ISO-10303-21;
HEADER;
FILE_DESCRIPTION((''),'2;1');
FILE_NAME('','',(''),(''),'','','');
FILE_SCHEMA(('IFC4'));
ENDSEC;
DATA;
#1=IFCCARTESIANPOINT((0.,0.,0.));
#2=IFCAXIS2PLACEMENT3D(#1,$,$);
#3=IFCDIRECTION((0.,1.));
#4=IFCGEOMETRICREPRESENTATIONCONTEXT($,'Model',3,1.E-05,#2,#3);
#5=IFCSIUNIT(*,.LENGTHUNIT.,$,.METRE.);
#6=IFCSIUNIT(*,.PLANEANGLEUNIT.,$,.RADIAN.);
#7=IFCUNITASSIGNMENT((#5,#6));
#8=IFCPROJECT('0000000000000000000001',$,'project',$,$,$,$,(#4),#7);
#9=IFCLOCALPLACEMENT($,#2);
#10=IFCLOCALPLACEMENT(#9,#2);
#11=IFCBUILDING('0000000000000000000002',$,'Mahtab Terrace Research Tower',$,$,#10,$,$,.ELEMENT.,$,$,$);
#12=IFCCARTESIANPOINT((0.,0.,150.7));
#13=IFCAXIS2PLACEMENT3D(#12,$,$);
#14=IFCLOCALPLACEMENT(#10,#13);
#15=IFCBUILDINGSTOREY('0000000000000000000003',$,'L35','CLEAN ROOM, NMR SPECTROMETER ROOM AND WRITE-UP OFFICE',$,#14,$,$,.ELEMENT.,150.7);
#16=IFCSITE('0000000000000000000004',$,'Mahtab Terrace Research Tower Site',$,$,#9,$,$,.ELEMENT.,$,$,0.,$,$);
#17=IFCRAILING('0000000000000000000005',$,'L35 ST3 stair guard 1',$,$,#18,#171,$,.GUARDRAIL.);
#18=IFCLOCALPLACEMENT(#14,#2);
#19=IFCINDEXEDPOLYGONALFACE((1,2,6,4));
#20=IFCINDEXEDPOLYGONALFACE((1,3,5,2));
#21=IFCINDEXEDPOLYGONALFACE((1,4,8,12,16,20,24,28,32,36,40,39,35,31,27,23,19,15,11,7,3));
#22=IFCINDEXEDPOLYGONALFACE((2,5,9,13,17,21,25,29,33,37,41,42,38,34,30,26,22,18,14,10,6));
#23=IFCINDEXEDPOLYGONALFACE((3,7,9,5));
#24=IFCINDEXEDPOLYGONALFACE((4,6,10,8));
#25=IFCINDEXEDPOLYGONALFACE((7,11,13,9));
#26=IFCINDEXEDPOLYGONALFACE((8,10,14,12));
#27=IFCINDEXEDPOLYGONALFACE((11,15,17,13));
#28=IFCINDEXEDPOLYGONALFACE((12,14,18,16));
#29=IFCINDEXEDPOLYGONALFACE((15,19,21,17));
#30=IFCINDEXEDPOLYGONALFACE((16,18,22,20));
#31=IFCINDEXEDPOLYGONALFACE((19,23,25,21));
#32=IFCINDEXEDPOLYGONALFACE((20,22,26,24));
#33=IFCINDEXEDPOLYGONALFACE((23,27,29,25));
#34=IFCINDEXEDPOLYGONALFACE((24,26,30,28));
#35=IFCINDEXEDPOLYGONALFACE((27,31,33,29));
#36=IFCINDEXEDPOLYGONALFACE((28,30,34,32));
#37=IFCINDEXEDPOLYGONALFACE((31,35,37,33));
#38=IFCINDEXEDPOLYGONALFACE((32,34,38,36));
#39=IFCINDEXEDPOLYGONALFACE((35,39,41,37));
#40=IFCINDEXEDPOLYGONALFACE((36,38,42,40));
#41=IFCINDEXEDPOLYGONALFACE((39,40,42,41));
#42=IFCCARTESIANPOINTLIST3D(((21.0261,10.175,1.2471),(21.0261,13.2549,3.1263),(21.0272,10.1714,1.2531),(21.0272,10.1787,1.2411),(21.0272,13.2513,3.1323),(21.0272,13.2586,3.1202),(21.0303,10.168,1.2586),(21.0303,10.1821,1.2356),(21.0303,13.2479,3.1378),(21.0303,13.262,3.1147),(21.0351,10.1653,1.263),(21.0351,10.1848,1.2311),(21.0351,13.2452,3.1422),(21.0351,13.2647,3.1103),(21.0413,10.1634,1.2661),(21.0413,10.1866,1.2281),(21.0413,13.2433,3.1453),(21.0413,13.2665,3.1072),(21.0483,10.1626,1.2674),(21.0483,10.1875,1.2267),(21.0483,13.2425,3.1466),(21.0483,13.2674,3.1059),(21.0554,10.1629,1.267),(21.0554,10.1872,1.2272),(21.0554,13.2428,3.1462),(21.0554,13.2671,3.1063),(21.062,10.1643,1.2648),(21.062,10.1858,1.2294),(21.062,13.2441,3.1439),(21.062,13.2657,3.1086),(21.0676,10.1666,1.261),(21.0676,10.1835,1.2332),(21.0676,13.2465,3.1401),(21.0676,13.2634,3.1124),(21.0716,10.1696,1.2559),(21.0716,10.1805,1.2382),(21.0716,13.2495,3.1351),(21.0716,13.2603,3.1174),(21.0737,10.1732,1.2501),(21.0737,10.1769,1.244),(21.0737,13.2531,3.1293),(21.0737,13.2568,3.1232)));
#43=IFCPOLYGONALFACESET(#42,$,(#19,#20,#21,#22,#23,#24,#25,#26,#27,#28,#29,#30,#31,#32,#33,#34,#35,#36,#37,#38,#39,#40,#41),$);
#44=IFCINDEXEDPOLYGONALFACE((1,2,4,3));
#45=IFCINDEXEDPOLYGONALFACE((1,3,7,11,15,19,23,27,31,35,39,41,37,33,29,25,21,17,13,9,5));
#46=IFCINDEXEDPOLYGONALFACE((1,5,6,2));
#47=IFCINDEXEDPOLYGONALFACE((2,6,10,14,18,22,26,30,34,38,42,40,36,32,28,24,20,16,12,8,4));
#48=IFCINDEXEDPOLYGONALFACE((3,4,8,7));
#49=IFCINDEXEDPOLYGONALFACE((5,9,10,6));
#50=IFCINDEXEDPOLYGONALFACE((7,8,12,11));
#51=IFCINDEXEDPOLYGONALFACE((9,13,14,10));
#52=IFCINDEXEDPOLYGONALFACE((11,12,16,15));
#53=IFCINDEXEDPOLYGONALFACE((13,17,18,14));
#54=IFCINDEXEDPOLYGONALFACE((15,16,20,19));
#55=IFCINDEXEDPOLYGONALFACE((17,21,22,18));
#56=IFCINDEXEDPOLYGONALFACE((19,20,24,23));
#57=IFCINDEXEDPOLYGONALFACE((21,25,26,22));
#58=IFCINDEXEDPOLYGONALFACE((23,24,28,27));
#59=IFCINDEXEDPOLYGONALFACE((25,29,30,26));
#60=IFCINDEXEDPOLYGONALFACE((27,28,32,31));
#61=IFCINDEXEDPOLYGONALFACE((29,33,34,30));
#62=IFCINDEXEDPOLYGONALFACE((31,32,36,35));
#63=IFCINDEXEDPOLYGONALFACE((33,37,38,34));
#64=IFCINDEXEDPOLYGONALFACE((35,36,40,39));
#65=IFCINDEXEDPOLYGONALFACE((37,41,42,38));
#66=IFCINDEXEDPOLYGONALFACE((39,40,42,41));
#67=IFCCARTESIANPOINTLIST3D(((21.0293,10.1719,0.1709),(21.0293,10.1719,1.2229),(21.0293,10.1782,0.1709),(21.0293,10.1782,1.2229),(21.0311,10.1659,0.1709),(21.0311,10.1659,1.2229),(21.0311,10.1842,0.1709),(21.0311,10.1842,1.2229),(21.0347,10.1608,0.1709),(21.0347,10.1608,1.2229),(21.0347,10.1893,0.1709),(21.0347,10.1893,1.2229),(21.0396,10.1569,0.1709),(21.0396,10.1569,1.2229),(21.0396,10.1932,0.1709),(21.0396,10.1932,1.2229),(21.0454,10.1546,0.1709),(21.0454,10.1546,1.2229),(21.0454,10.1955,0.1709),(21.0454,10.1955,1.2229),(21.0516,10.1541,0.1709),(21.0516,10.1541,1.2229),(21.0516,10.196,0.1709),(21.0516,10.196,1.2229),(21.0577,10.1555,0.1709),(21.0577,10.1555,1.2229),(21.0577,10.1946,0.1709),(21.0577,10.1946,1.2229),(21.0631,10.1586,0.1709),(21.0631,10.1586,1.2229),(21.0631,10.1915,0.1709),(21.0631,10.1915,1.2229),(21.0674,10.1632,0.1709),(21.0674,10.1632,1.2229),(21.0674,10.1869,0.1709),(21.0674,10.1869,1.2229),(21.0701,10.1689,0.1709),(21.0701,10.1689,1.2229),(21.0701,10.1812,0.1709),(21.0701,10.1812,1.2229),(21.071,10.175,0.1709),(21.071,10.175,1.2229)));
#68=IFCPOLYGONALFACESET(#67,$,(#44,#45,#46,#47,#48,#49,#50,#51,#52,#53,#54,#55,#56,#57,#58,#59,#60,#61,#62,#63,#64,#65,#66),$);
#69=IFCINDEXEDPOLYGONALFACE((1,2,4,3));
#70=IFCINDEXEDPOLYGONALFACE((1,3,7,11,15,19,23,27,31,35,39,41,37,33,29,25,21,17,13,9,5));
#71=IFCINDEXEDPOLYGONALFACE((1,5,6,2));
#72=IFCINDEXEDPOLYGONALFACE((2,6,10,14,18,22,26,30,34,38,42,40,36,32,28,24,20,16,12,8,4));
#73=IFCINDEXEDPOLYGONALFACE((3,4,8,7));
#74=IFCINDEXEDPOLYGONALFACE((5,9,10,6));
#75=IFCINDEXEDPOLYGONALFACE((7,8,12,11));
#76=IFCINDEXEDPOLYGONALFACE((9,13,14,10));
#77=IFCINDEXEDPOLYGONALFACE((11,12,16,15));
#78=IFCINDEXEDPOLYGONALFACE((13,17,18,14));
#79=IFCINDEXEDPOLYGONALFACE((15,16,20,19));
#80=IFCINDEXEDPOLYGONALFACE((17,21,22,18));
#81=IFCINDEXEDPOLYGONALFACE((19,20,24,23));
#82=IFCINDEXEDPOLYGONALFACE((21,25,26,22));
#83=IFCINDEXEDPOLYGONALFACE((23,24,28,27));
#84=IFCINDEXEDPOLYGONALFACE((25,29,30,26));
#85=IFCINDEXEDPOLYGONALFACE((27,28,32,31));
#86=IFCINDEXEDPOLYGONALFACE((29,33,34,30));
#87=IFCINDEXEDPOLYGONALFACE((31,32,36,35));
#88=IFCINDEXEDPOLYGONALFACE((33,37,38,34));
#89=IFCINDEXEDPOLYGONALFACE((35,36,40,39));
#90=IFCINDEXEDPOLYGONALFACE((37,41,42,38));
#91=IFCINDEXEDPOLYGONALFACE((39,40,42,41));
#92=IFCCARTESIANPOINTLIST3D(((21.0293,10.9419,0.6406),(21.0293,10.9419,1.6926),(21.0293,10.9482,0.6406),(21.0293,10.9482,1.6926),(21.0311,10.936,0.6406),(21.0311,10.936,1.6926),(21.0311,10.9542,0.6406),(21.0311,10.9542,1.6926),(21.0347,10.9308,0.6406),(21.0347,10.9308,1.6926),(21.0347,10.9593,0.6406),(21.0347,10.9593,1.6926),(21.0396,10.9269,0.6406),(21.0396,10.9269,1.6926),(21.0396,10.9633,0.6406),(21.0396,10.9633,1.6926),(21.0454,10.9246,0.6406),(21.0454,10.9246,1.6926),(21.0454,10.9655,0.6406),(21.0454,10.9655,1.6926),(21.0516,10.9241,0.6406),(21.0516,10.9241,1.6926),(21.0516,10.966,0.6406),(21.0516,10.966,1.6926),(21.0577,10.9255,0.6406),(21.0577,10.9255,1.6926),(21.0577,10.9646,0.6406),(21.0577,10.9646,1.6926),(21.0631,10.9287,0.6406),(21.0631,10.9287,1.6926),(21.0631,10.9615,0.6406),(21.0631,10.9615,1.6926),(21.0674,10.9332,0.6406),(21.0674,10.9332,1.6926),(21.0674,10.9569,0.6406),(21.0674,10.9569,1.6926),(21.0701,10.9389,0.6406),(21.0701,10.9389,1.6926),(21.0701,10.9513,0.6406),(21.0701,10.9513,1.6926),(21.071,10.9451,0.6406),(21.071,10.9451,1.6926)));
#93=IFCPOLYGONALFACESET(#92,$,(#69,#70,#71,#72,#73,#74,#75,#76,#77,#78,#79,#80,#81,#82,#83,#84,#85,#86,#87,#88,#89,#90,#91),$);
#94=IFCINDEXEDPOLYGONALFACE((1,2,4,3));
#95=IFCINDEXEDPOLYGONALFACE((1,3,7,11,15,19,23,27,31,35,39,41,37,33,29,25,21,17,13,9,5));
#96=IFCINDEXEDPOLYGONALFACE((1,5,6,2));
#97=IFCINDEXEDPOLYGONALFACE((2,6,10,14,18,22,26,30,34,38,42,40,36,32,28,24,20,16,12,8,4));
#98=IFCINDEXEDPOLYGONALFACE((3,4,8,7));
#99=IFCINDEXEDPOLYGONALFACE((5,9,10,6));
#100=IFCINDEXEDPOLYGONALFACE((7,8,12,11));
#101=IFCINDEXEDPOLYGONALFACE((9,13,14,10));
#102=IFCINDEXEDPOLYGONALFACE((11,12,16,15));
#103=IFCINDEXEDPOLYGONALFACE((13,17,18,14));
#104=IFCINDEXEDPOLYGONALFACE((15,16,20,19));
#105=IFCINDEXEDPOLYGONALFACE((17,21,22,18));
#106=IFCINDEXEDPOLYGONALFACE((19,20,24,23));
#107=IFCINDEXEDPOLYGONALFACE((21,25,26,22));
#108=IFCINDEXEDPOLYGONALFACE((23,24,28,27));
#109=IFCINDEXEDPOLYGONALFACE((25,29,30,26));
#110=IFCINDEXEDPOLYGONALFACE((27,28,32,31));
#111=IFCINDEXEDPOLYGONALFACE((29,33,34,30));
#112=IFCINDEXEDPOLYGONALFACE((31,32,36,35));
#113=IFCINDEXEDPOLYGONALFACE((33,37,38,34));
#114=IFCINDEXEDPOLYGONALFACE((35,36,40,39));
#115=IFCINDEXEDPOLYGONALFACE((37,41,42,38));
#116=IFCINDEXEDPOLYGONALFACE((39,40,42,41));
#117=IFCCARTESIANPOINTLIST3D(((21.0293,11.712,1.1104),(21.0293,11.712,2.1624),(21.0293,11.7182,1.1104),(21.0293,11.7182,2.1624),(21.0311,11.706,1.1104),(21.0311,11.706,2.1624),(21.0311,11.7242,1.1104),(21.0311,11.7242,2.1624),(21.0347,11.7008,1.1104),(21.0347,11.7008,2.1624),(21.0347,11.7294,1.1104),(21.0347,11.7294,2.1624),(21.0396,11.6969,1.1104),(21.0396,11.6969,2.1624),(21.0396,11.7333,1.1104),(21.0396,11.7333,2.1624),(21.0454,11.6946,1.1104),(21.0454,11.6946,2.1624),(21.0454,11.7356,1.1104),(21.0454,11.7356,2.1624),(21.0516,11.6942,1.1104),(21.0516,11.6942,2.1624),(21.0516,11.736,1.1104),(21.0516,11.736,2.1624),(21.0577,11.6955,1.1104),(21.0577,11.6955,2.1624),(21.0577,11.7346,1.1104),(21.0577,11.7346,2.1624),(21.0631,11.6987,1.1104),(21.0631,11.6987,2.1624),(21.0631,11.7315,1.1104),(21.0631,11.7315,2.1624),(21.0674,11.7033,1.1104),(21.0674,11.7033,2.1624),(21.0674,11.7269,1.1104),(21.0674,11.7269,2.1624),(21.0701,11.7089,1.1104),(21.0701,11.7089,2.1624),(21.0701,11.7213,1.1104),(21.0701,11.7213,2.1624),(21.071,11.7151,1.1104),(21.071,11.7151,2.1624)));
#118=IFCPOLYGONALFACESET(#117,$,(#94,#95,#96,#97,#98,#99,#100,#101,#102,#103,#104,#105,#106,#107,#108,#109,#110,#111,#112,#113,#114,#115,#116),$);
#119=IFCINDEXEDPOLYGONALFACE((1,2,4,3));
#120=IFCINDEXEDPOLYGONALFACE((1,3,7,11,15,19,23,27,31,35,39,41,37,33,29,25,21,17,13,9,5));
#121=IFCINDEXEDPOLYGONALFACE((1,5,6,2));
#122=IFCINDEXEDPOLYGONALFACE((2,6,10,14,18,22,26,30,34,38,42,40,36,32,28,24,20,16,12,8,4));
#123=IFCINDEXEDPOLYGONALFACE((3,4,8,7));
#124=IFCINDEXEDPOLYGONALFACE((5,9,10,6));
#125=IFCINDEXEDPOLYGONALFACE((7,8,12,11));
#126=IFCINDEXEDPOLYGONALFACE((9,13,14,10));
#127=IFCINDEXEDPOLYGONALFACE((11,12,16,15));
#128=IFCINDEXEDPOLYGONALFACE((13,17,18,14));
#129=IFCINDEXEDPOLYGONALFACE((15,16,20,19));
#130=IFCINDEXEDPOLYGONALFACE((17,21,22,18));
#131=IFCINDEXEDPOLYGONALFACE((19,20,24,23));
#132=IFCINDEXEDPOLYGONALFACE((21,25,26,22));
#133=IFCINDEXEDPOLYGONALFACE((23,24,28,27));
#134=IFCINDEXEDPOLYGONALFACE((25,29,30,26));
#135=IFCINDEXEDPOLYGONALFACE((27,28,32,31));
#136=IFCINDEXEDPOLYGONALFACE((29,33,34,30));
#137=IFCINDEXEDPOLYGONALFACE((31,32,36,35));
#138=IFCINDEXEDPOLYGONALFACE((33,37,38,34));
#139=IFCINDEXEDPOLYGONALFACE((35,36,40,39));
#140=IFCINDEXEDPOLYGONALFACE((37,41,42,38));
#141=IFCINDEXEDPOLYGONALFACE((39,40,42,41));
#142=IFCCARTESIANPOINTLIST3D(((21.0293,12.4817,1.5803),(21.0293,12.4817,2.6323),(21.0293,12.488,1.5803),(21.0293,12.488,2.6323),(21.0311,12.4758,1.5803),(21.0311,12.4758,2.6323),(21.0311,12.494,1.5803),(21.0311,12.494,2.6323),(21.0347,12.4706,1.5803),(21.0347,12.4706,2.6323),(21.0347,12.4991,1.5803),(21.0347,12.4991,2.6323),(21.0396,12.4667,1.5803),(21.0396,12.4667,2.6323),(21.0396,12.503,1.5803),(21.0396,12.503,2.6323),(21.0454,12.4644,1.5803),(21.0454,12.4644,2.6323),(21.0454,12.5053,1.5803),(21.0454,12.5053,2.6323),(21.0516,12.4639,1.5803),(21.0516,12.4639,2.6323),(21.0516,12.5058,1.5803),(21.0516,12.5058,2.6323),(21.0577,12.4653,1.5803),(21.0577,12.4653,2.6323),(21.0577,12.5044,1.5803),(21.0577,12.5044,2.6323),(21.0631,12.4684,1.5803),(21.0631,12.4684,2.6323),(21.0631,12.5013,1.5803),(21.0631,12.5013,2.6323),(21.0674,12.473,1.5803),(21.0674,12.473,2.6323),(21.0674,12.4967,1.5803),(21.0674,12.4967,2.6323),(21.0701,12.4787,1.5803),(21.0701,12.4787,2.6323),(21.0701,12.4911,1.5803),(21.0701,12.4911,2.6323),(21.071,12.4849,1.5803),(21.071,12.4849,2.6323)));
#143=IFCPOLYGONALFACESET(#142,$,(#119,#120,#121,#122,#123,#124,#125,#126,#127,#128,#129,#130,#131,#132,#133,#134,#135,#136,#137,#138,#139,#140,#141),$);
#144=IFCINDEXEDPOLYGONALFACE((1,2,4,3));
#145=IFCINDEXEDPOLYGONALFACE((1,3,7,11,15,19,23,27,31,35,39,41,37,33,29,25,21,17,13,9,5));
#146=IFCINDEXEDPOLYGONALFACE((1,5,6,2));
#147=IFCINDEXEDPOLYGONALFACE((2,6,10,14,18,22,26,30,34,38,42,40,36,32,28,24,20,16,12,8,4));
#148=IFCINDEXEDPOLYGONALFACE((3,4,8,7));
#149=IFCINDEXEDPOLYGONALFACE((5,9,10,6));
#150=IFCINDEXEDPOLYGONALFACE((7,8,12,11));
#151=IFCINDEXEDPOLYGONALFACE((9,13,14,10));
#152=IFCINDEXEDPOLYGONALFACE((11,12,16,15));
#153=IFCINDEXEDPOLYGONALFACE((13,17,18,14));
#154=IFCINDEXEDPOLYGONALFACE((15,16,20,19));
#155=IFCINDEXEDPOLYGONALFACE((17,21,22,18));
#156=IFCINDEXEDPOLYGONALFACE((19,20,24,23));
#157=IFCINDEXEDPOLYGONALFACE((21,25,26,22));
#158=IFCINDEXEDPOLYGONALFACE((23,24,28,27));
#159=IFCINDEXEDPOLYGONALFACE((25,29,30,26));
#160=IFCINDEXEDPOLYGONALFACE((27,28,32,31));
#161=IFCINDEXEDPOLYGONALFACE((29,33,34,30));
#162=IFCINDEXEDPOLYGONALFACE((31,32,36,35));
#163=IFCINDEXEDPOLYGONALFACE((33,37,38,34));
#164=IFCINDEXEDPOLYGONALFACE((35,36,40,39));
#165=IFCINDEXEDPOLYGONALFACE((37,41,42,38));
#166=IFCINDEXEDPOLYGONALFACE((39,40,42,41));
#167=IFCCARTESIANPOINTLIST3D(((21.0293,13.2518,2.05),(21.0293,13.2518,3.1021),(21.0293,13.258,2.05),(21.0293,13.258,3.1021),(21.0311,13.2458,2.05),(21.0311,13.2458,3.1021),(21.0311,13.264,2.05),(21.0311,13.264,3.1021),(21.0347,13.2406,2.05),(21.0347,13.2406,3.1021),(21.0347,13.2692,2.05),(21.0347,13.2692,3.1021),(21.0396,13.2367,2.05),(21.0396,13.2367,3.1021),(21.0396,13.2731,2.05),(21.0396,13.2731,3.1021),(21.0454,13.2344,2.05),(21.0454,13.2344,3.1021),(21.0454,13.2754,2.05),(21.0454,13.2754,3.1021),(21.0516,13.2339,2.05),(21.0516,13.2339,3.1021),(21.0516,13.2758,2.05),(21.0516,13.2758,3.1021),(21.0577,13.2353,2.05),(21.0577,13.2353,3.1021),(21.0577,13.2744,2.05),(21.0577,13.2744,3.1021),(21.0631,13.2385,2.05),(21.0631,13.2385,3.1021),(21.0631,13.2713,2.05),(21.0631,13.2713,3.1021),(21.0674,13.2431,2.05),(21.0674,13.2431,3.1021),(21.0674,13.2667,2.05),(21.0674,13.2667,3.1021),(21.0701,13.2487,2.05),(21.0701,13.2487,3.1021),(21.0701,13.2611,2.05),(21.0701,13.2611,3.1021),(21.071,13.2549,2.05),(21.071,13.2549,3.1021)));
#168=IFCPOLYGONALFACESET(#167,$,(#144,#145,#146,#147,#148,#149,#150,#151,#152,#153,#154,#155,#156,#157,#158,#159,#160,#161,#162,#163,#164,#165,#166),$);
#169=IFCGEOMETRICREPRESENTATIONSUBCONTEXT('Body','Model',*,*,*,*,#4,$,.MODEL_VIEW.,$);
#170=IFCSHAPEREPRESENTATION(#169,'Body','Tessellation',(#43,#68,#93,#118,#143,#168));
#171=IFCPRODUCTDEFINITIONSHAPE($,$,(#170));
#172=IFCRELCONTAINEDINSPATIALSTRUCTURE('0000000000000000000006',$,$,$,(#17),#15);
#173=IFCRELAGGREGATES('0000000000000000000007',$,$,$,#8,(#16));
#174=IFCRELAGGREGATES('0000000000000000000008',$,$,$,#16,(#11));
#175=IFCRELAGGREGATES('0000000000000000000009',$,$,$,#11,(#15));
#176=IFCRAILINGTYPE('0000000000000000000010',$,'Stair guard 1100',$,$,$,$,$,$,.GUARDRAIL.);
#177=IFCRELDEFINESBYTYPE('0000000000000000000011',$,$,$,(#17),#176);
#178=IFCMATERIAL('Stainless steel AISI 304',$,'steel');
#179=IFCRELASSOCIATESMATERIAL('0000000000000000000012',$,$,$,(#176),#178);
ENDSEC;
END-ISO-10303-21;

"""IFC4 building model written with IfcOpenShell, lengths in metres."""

from ifc_helpers import new_model, si_unit, direction, frame, origin, origin_2d, place, context, subcontext, project, spatial, circle, extrude, material, type_object, element, save


model = new_model("IFC4")

# Units and contexts
model_context = context("Model", 3, precision=1e-05, world=origin(), true_north=direction((0.0, 1.0)))
body_context = subcontext(model_context, "Body", "Model", "MODEL_VIEW")
ifc_project = project(units=[si_unit("LENGTHUNIT", "METRE"), si_unit("PLANEANGLEUNIT", "RADIAN")], contexts=[model_context])

# Site, building, storey
site_placement = place(None, origin())
site = spatial("IfcSite", under=ifc_project, at=site_placement, Name="Mahtab Terrace Research Tower Site", CompositionType="ELEMENT", RefElevation=0.0)
building_placement = place(site_placement, origin())
building = spatial("IfcBuilding", under=site, at=building_placement, Name="Mahtab Terrace Research Tower", CompositionType="ELEMENT")
storey_placement = place(building_placement, frame((0.0, 0.0, 150.7)))
storey = spatial("IfcBuildingStorey", under=building, at=storey_placement, Name="L35", Description="CLEAN ROOM, NMR SPECTROMETER ROOM AND WRITE-UP OFFICE", CompositionType="ELEMENT", Elevation=150.7)

# Railing
ifc_material_1 = material(Name="Stainless steel AISI 304", Category="steel")
railing_type_1 = type_object("IfcRailingType", Name="Stair guard 1100", PredefinedType="GUARDRAIL", material=ifc_material_1)
railing_1_placement = place(storey_placement, frame((21.05, 10.175, 0.1709)))
element("IfcRailing", 1, at=railing_1_placement, inside=storey, type_object=railing_type_1, Name="L35 ST3 stair guard 1", PredefinedType="GUARDRAIL", context=body_context, shape_type="SweptSolid", body=[
    extrude(circle(Radius=0.0239, at=origin_2d()), frame((0.0, 0.0, 1.0762), z_axis=(0.0, 0.853648, 0.52085), x_axis=(-1.0, 0.0, 0.0)), (0.0, 0.0, 1.0), 3.6079),
    extrude(circle(Radius=0.021, at=origin_2d()), origin(), (0.0, 0.0, 1.0), 1.052),
    extrude(circle(Radius=0.021, at=origin_2d()), frame((0.0, 0.77, 0.4697)), (0.0, 0.0, 1.0), 1.052),
    extrude(circle(Radius=0.021, at=origin_2d()), frame((0.0, 1.54, 0.9395)), (0.0, 0.0, 1.0), 1.052),
    extrude(circle(Radius=0.021, at=origin_2d()), frame((0.0, 2.3098, 1.4094)), (0.0, 0.0, 1.0), 1.052),
    extrude(circle(Radius=0.021, at=origin_2d()), frame((0.0, 3.0798, 1.8792)), (0.0, 0.0, 1.0), 1.052),
])

save(model, "model.ifc")
